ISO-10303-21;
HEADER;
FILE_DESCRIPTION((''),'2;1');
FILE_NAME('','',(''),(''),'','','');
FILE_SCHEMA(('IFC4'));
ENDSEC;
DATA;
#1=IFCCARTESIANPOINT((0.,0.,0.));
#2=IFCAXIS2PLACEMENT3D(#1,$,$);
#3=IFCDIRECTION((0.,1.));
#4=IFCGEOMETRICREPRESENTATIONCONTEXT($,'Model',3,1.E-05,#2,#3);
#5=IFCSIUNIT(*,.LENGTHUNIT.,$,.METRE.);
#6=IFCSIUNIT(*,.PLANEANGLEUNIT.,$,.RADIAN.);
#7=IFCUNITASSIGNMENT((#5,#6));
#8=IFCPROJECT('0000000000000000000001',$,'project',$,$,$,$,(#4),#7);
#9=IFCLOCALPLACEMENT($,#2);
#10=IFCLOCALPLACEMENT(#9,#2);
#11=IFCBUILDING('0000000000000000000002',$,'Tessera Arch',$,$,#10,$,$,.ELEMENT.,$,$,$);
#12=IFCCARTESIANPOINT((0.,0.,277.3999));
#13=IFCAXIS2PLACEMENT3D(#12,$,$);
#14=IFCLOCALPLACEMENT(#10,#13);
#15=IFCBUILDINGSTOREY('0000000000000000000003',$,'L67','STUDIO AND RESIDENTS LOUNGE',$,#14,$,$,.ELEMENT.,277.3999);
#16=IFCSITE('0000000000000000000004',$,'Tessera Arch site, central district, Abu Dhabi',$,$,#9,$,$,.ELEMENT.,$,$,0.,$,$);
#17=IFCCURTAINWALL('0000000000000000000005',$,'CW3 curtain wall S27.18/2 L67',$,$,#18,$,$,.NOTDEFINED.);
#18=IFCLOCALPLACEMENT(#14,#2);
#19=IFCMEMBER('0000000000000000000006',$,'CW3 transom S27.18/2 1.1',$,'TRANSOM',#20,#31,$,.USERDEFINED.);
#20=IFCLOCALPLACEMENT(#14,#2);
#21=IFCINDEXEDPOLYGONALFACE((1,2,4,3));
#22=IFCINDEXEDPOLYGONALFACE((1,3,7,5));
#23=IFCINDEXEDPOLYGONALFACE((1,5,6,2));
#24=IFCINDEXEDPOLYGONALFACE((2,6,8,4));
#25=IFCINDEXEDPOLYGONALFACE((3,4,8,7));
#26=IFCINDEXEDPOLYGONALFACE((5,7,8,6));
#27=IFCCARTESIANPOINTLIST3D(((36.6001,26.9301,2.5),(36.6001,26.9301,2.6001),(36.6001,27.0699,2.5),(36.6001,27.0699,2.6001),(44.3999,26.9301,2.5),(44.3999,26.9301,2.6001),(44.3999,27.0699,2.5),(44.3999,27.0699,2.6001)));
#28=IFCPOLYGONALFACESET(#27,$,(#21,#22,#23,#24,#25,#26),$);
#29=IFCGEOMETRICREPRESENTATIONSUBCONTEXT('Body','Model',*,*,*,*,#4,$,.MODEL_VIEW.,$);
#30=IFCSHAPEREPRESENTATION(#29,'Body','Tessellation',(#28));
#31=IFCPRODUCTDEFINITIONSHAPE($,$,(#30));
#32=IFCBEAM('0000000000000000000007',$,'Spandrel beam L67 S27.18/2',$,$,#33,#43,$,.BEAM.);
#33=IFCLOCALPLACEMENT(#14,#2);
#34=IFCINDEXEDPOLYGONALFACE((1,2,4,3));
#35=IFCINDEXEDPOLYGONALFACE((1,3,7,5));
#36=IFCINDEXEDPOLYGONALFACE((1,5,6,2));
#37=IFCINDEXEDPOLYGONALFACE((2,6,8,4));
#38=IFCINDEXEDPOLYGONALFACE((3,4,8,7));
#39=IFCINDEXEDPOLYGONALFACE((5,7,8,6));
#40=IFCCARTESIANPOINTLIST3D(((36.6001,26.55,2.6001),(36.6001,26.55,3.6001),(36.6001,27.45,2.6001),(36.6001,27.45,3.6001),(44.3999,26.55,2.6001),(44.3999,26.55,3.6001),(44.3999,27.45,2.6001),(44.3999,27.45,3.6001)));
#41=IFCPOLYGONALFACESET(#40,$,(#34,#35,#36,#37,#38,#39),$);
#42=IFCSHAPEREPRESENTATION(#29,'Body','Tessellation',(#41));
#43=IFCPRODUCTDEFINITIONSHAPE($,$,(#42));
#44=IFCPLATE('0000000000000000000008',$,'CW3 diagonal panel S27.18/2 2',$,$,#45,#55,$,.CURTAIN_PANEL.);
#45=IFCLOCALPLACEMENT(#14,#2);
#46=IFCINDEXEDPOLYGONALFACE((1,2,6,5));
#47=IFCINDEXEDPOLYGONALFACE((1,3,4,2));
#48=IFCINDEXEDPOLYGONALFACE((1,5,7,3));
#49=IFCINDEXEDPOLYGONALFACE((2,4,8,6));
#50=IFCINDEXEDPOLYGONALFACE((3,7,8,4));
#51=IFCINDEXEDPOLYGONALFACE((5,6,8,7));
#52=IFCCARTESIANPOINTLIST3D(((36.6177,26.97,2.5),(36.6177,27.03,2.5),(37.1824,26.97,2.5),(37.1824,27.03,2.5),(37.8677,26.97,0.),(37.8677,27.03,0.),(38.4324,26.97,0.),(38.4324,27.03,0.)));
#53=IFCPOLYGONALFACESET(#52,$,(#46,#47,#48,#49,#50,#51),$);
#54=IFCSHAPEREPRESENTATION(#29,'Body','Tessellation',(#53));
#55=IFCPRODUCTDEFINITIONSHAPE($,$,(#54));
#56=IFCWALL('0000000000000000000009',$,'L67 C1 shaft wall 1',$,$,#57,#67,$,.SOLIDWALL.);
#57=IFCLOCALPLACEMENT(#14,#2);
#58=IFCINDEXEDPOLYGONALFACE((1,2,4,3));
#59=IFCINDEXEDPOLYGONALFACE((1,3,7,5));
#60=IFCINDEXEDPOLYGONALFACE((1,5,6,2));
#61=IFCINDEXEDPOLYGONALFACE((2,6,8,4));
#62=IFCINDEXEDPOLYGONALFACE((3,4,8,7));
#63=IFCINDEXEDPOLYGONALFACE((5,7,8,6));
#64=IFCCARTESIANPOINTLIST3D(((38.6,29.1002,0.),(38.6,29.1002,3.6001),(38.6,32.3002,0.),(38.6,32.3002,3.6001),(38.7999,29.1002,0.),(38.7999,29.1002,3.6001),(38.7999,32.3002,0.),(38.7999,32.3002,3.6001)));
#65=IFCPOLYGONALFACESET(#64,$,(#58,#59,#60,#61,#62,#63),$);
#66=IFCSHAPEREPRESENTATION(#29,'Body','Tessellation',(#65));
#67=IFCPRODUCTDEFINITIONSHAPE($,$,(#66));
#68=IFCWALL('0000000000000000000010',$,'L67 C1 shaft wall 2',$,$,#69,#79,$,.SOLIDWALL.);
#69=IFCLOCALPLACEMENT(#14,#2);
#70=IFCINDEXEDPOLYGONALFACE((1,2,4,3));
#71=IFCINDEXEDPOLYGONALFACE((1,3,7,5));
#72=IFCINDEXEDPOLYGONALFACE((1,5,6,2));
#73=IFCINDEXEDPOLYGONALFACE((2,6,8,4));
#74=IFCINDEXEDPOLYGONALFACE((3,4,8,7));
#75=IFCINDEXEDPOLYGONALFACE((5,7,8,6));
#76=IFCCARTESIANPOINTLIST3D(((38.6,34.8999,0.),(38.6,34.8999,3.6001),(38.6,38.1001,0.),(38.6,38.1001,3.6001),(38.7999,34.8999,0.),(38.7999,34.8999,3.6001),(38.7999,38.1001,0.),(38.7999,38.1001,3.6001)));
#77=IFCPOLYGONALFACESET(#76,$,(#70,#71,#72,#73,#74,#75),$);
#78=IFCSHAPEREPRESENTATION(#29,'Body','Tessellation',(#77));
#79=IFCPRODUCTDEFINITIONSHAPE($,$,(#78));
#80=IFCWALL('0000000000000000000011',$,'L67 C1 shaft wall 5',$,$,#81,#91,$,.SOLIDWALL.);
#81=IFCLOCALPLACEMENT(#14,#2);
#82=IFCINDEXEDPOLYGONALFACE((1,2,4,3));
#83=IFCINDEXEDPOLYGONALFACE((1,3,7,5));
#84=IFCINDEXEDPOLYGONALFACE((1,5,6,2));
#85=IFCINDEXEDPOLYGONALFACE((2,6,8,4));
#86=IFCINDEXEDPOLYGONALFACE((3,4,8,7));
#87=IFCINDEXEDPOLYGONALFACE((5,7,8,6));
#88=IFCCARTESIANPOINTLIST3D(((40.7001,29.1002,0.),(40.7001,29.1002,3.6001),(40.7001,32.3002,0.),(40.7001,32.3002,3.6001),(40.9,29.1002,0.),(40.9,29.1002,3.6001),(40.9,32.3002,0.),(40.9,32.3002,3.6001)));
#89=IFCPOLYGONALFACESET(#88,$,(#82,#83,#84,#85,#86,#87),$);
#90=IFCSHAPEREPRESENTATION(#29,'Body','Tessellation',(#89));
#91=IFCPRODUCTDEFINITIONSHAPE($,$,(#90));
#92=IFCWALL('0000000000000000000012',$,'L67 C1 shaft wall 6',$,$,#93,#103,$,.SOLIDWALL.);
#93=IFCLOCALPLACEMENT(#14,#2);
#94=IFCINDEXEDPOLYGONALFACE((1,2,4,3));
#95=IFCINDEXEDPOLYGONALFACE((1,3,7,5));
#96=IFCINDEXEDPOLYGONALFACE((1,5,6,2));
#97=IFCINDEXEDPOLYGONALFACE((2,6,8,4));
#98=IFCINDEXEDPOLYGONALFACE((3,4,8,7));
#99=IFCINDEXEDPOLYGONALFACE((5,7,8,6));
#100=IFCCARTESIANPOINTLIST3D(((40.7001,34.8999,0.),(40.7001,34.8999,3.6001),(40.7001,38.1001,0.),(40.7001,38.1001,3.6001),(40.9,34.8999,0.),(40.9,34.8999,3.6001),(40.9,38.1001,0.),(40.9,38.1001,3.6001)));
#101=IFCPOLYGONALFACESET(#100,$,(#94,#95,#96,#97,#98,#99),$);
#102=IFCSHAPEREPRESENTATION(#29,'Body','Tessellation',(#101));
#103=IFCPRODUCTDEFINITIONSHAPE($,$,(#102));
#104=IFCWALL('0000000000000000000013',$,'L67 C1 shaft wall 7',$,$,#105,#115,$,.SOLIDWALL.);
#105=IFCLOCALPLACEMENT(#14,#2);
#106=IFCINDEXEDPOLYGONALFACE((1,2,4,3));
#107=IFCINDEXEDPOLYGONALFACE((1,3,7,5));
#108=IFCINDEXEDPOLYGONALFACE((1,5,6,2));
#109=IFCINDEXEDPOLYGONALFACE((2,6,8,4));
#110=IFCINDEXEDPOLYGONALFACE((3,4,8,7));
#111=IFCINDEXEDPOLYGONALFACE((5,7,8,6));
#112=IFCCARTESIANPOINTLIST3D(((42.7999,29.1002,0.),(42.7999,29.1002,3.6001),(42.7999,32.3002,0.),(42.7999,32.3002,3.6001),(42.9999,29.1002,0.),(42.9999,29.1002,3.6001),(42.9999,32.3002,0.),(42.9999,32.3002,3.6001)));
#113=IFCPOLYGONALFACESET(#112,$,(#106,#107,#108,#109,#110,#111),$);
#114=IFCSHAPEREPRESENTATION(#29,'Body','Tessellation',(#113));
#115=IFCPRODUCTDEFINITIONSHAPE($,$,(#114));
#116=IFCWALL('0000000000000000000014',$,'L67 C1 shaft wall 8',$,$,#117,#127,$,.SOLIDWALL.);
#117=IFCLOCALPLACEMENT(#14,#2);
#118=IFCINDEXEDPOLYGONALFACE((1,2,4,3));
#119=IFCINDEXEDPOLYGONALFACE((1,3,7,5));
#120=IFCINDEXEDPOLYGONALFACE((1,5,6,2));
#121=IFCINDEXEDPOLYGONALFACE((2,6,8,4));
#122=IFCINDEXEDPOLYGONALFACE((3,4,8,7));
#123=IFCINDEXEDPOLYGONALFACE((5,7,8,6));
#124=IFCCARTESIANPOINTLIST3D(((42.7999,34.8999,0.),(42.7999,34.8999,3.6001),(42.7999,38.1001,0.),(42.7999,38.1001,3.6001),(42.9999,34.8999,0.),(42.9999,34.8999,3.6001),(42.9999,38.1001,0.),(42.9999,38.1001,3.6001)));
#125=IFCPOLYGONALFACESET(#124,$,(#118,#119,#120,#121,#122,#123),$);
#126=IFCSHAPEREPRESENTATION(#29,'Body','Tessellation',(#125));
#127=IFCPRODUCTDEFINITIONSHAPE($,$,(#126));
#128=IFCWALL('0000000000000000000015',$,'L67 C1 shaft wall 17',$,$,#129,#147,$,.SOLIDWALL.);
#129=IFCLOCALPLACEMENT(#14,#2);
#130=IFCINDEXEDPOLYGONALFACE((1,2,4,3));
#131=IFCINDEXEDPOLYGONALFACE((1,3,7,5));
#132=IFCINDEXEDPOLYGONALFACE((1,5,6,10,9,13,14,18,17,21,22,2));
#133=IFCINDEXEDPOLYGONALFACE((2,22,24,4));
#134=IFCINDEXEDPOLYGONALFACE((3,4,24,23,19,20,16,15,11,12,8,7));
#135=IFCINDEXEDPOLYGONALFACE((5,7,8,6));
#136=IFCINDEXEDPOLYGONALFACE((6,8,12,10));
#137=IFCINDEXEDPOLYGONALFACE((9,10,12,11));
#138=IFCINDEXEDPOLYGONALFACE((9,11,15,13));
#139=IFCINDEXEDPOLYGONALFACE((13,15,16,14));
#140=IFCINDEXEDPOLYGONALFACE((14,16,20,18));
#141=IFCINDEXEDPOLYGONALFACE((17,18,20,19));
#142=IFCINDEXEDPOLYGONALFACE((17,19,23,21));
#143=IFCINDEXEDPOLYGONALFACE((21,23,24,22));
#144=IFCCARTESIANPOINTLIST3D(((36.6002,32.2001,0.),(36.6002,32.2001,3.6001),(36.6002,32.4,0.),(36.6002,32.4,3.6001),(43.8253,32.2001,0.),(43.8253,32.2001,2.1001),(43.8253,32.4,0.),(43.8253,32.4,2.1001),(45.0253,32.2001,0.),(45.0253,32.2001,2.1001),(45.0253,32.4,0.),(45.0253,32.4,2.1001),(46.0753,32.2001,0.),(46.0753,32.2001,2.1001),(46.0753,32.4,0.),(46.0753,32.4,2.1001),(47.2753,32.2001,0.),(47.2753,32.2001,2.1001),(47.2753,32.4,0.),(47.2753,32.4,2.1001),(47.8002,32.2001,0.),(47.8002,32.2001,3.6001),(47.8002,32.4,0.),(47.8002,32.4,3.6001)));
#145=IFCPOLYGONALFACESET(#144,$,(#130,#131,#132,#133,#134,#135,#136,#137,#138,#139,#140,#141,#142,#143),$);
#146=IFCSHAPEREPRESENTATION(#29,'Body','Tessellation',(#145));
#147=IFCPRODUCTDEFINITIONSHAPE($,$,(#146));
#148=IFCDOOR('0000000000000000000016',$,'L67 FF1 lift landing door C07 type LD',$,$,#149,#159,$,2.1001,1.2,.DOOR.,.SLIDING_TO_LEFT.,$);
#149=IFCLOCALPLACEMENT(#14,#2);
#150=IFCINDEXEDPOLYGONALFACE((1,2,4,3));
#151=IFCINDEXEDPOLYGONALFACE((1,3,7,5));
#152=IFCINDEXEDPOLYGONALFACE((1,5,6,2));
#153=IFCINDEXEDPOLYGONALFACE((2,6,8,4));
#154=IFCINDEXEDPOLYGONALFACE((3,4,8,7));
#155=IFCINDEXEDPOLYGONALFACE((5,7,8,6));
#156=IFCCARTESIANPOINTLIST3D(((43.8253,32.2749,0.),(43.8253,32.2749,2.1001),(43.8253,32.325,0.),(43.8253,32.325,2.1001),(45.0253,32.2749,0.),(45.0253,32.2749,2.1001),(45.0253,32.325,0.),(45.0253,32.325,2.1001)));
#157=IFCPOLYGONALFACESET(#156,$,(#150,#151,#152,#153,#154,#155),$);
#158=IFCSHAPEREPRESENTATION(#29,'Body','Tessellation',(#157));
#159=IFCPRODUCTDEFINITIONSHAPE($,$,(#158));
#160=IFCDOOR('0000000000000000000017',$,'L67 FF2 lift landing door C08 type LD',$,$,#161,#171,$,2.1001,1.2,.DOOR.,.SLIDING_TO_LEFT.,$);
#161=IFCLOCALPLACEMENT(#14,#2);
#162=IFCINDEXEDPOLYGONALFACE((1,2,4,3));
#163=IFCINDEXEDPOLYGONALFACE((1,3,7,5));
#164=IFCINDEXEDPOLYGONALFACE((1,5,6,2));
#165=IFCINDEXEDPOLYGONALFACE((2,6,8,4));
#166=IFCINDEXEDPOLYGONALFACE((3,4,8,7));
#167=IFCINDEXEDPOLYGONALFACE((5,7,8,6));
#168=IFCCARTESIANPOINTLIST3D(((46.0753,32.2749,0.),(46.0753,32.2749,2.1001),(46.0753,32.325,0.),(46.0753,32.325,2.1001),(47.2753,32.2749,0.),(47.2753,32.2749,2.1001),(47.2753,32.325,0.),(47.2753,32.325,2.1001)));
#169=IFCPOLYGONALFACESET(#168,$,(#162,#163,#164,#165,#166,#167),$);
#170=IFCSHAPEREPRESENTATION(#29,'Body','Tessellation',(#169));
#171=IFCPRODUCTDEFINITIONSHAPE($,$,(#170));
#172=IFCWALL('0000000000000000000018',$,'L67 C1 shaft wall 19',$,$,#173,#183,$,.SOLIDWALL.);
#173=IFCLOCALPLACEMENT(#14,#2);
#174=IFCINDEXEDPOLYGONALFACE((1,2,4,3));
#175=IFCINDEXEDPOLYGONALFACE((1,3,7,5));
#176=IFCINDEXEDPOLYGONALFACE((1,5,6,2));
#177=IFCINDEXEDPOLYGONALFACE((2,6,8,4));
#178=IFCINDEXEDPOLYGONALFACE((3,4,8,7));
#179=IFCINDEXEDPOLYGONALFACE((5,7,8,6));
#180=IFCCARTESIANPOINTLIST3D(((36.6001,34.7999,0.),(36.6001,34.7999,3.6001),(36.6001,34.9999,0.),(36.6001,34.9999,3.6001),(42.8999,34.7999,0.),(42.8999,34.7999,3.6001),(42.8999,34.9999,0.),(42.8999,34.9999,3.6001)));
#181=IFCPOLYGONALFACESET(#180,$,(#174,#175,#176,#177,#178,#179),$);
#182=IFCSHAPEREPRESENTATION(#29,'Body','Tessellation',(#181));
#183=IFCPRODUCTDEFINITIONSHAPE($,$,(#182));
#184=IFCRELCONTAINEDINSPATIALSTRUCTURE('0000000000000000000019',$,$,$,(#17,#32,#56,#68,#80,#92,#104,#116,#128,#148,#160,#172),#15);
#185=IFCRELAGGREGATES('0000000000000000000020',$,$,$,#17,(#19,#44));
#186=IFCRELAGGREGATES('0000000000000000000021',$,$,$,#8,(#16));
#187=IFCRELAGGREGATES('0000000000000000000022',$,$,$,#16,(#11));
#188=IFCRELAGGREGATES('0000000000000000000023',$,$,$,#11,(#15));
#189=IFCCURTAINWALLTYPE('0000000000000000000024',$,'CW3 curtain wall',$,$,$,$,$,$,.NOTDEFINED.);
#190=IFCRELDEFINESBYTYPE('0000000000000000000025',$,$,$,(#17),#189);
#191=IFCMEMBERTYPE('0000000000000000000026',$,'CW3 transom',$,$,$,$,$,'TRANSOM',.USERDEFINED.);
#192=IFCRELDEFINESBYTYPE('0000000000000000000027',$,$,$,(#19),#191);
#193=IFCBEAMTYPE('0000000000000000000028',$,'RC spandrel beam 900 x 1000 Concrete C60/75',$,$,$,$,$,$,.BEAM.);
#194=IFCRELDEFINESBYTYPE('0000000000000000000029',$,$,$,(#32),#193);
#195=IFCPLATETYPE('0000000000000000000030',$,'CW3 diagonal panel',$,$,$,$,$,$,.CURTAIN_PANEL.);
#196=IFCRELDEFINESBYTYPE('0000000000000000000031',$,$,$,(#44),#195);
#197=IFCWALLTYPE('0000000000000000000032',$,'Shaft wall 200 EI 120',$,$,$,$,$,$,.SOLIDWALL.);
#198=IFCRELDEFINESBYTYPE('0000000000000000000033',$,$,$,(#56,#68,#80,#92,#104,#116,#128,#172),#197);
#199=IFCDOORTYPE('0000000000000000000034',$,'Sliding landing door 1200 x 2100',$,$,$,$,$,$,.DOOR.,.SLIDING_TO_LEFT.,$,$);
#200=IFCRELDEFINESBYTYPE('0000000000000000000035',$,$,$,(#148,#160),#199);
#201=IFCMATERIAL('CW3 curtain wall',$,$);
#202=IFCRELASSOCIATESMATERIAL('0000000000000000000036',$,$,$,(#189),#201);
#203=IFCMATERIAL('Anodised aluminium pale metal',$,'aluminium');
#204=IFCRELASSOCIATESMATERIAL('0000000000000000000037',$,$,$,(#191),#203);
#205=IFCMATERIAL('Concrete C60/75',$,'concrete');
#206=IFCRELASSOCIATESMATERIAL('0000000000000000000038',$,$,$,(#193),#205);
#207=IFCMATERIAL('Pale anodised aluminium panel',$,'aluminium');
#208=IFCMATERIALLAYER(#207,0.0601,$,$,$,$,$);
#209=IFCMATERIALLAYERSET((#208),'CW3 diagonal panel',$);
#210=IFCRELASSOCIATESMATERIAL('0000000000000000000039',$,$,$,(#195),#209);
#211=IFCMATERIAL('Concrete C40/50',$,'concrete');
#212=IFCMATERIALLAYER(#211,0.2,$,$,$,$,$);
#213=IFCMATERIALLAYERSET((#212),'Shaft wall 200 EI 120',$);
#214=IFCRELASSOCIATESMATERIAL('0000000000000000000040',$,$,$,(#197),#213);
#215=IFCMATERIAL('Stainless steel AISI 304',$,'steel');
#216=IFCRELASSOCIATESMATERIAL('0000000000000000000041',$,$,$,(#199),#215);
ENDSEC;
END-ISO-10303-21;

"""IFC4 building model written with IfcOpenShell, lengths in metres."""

from ifc_helpers import new_model, si_unit, direction, frame, frame_2d, origin, origin_2d, place, context, subcontext, project, spatial, polyline, rectangle, outline, extrude, material, layer, layer_set, material_profile, profile_set, type_object, element, fill, aggregate, save


model = new_model("IFC4")

# Units and contexts
model_context = context("Model", 3, precision=1e-05, world=origin(), true_north=direction((0.0, 1.0)))
body_context = subcontext(model_context, "Body", "Model", "MODEL_VIEW")
ifc_project = project(units=[si_unit("LENGTHUNIT", "METRE"), si_unit("PLANEANGLEUNIT", "RADIAN")], contexts=[model_context])

# Site, building, storey
site_placement = place(None, origin())
site = spatial("IfcSite", under=ifc_project, at=site_placement, Name="Tessera Arch site, central district, Abu Dhabi", CompositionType="ELEMENT", RefElevation=0.0)
building_placement = place(site_placement, origin())
building = spatial("IfcBuilding", under=site, at=building_placement, Name="Tessera Arch", CompositionType="ELEMENT")
storey_placement = place(building_placement, frame((0.0, 0.0, 277.3999)))
storey = spatial("IfcBuildingStorey", under=building, at=storey_placement, Name="L67", Description="STUDIO AND RESIDENTS LOUNGE", CompositionType="ELEMENT", Elevation=277.3999)

# Curtain wall, member
ifc_material_1 = material(Name="CW3 curtain wall")
curtain_wall_type = type_object("IfcCurtainWallType", Name="CW3 curtain wall", PredefinedType="NOTDEFINED", material=ifc_material_1)
curtain_wall_placement = place(storey_placement, origin())
curtain_wall = element("IfcCurtainWall", 1, at=curtain_wall_placement, inside=storey, type_object=curtain_wall_type, Name="CW3 curtain wall S27.18/2 L67", PredefinedType="NOTDEFINED")
ifc_material_2 = material(Name="Anodised aluminium pale metal", Category="aluminium")
ifc_material_profile_1 = material_profile(ifc_material_2, rectangle(XDim=0.1399, YDim=0.1001, at=origin_2d()), Name="AL 140x100")
ifc_profile_set_1 = profile_set([ifc_material_profile_1], Name="Anodised aluminium pale metal")
member_type = type_object("IfcMemberType", Name="CW3 transom", ElementType="TRANSOM", PredefinedType="USERDEFINED", material=ifc_profile_set_1)
member_placement = place(storey_placement, frame((36.6001, 27.0, 2.55), z_axis=(1.0, 0.0, 0.0), x_axis=(0.0, 1.0, 0.0)))
member = element("IfcMember", 2, at=member_placement, type_object=member_type, Name="CW3 transom S27.18/2 1.1", ObjectType="TRANSOM", PredefinedType="USERDEFINED", context=body_context, shape_type="SweptSolid", body=[
    extrude(rectangle(XDim=0.1399, YDim=0.1001, at=origin_2d()), origin(), (0.0, 0.0, 1.0), 7.7998),
])

# Beam
ifc_material_3 = material(Name="Concrete C60/75", Category="concrete")
ifc_material_profile_2 = material_profile(ifc_material_3, rectangle(XDim=0.8999, YDim=1.0, at=origin_2d()), Name="RC spandrel beam 900 x 1000 Concrete C60/75")
ifc_profile_set_2 = profile_set([ifc_material_profile_2], Name="Concrete C60/75")
beam_type = type_object("IfcBeamType", Name="RC spandrel beam 900 x 1000 Concrete C60/75", PredefinedType="BEAM", material=ifc_profile_set_2)
beam_placement = place(storey_placement, frame((36.6001, 27.0, 3.1001), z_axis=(1.0, 0.0, 0.0), x_axis=(0.0, 1.0, 0.0)))
element("IfcBeam", 3, at=beam_placement, inside=storey, type_object=beam_type, Name="Spandrel beam L67 S27.18/2", PredefinedType="BEAM", context=body_context, shape_type="SweptSolid", body=[
    extrude(rectangle(XDim=0.8999, YDim=1.0, at=origin_2d()), origin(), (0.0, 0.0, 1.0), 7.7998),
])

# Plate
ifc_material_4 = material(Name="Pale anodised aluminium panel", Category="aluminium")
ifc_layer_1 = layer(ifc_material_4, 0.0601)
ifc_layer_set_1 = layer_set([ifc_layer_1], Name="CW3 diagonal panel")
plate_type = type_object("IfcPlateType", Name="CW3 diagonal panel", PredefinedType="CURTAIN_PANEL", material=ifc_layer_set_1)
plate_placement = place(storey_placement, frame((37.1824, 26.97, 2.5), z_axis=(0.0, -1.0, 0.0), x_axis=(-1.0, 0.0, 0.0)))
plate = element("IfcPlate", 4, at=plate_placement, type_object=plate_type, Name="CW3 diagonal panel S27.18/2 2", PredefinedType="CURTAIN_PANEL", context=body_context, shape_type="SweptSolid", body=[
    extrude(outline(polyline([(0.0, 0.0), (0.5647, 0.0), (-0.6853, 2.5), (-1.25, 2.5), (0.0, 0.0)])), origin(), (0.0, 0.0, -1.0), 0.0601),
])
aggregate(curtain_wall, [member, plate])

# Walls
ifc_material_5 = material(Name="Concrete C40/50", Category="concrete")
ifc_layer_2 = layer(ifc_material_5, 0.2)
ifc_layer_set_2 = layer_set([ifc_layer_2], Name="Shaft wall 200 EI 120")
wall_type = type_object("IfcWallType", Name="Shaft wall 200 EI 120", PredefinedType="SOLIDWALL", material=ifc_layer_set_2)
wall_1_placement = place(storey_placement, frame((38.7, 29.1001, 0.0), z_axis=(0.0, 0.0, 1.0), x_axis=(0.0, 1.0, 0.0)))
element("IfcWall", 5, at=wall_1_placement, inside=storey, type_object=wall_type, Name="L67 C1 shaft wall 1", PredefinedType="SOLIDWALL", context=body_context, shape_type="SweptSolid", body=[
    extrude(rectangle(XDim=3.2, YDim=0.2, at=frame_2d((1.6001, 0.0))), origin(), (0.0, 0.0, 1.0), 3.6001),
])
wall_2_placement = place(storey_placement, frame((38.7, 34.8999, 0.0), z_axis=(0.0, 0.0, 1.0), x_axis=(0.0, 1.0, 0.0)))
element("IfcWall", 6, at=wall_2_placement, inside=storey, type_object=wall_type, Name="L67 C1 shaft wall 2", PredefinedType="SOLIDWALL", context=body_context, shape_type="SweptSolid", body=[
    extrude(rectangle(XDim=3.2002, YDim=0.2, at=frame_2d((1.6001, 0.0))), origin(), (0.0, 0.0, 1.0), 3.6001),
])
wall_3_placement = place(storey_placement, frame((40.8, 29.1001, 0.0), z_axis=(0.0, 0.0, 1.0), x_axis=(0.0, 1.0, 0.0)))
element("IfcWall", 7, at=wall_3_placement, inside=storey, type_object=wall_type, Name="L67 C1 shaft wall 5", PredefinedType="SOLIDWALL", context=body_context, shape_type="SweptSolid", body=[
    extrude(rectangle(XDim=3.2, YDim=0.2, at=frame_2d((1.6001, 0.0))), origin(), (0.0, 0.0, 1.0), 3.6001),
])
wall_4_placement = place(storey_placement, frame((40.8, 34.8999, 0.0), z_axis=(0.0, 0.0, 1.0), x_axis=(0.0, 1.0, 0.0)))
element("IfcWall", 8, at=wall_4_placement, inside=storey, type_object=wall_type, Name="L67 C1 shaft wall 6", PredefinedType="SOLIDWALL", context=body_context, shape_type="SweptSolid", body=[
    extrude(rectangle(XDim=3.2002, YDim=0.2, at=frame_2d((1.6001, 0.0))), origin(), (0.0, 0.0, 1.0), 3.6001),
])
wall_5_placement = place(storey_placement, frame((42.8999, 29.1001, 0.0), z_axis=(0.0, 0.0, 1.0), x_axis=(0.0, 1.0, 0.0)))
element("IfcWall", 9, at=wall_5_placement, inside=storey, type_object=wall_type, Name="L67 C1 shaft wall 7", PredefinedType="SOLIDWALL", context=body_context, shape_type="SweptSolid", body=[
    extrude(rectangle(XDim=3.2, YDim=0.2, at=frame_2d((1.6001, 0.0))), origin(), (0.0, 0.0, 1.0), 3.6001),
])
wall_6_placement = place(storey_placement, frame((42.8999, 34.8999, 0.0), z_axis=(0.0, 0.0, 1.0), x_axis=(0.0, 1.0, 0.0)))
element("IfcWall", 10, at=wall_6_placement, inside=storey, type_object=wall_type, Name="L67 C1 shaft wall 8", PredefinedType="SOLIDWALL", context=body_context, shape_type="SweptSolid", body=[
    extrude(rectangle(XDim=3.2002, YDim=0.2, at=frame_2d((1.6001, 0.0))), origin(), (0.0, 0.0, 1.0), 3.6001),
])

# Wall, openings, doors
wall_7_placement = place(storey_placement, frame((36.6001, 32.3, 0.0), z_axis=(0.0, 0.0, 1.0), x_axis=(1.0, 0.0, 0.0)))
wall_7 = element("IfcWall", 11, at=wall_7_placement, inside=storey, type_object=wall_type, Name="L67 C1 shaft wall 17", PredefinedType="SOLIDWALL", context=body_context, shape_type="SweptSolid", body=[
    extrude(rectangle(XDim=11.2, YDim=0.2, at=frame_2d((5.6001, 0.0))), origin(), (0.0, 0.0, 1.0), 3.6001),
])
opening_1_placement = place(wall_7_placement, frame((7.2251, 0.0, 0.0)))
opening_1 = element("IfcOpeningElement", 12, at=opening_1_placement, cuts=wall_7, PredefinedType="OPENING", context=body_context, shape_type="SweptSolid", body=[
    extrude(rectangle(XDim=1.2, YDim=2.1001, at=frame_2d((0.6001, 1.05))), frame((0.0, 0.1099, 0.0), z_axis=(0.0, -1.0, 0.0), x_axis=(1.0, 0.0, 0.0)), (0.0, 0.0, 1.0), 0.22),
])
opening_2_placement = place(wall_7_placement, frame((9.4751, 0.0, 0.0)))
opening_2 = element("IfcOpeningElement", 13, at=opening_2_placement, cuts=wall_7, PredefinedType="OPENING", context=body_context, shape_type="SweptSolid", body=[
    extrude(rectangle(XDim=1.2, YDim=2.1001, at=frame_2d((0.6001, 1.05))), frame((0.0, 0.1099, 0.0), z_axis=(0.0, -1.0, 0.0), x_axis=(1.0, 0.0, 0.0)), (0.0, 0.0, 1.0), 0.22),
])
ifc_material_6 = material(Name="Stainless steel AISI 304", Category="steel")
door_type = type_object("IfcDoorType", Name="Sliding landing door 1200 x 2100", OperationType="SLIDING_TO_LEFT", PredefinedType="DOOR", material=ifc_material_6)
door_1_placement = place(opening_1_placement, origin())
door_1 = element("IfcDoor", 14, at=door_1_placement, inside=storey, type_object=door_type, Name="L67 FF1 lift landing door C07 type LD", OperationType="SLIDING_TO_LEFT", OverallHeight=2.1001, OverallWidth=1.2, PredefinedType="DOOR", context=body_context, shape_type="SweptSolid", body=[
    extrude(rectangle(XDim=1.2, YDim=2.1001, at=frame_2d((0.6001, 1.05))), frame((0.0, 0.0249, 0.0), z_axis=(0.0, -1.0, 0.0), x_axis=(1.0, 0.0, 0.0)), (0.0, 0.0, 1.0), 0.05),
])
fill(opening_1, door_1)
door_2_placement = place(opening_2_placement, origin())
door_2 = element("IfcDoor", 15, at=door_2_placement, inside=storey, type_object=door_type, Name="L67 FF2 lift landing door C08 type LD", OperationType="SLIDING_TO_LEFT", OverallHeight=2.1001, OverallWidth=1.2, PredefinedType="DOOR", context=body_context, shape_type="SweptSolid", body=[
    extrude(rectangle(XDim=1.2, YDim=2.1001, at=frame_2d((0.6001, 1.05))), frame((0.0, 0.0249, 0.0), z_axis=(0.0, -1.0, 0.0), x_axis=(1.0, 0.0, 0.0)), (0.0, 0.0, 1.0), 0.05),
])
fill(opening_2, door_2)

# Wall
wall_8_placement = place(storey_placement, frame((36.6001, 34.8999, 0.0), z_axis=(0.0, 0.0, 1.0), x_axis=(1.0, 0.0, 0.0)))
element("IfcWall", 16, at=wall_8_placement, inside=storey, type_object=wall_type, Name="L67 C1 shaft wall 19", PredefinedType="SOLIDWALL", context=body_context, shape_type="SweptSolid", body=[
    extrude(rectangle(XDim=6.2998, YDim=0.2, at=frame_2d((3.1499, 0.0))), origin(), (0.0, 0.0, 1.0), 3.6001),
])

save(model, "model.ifc")
